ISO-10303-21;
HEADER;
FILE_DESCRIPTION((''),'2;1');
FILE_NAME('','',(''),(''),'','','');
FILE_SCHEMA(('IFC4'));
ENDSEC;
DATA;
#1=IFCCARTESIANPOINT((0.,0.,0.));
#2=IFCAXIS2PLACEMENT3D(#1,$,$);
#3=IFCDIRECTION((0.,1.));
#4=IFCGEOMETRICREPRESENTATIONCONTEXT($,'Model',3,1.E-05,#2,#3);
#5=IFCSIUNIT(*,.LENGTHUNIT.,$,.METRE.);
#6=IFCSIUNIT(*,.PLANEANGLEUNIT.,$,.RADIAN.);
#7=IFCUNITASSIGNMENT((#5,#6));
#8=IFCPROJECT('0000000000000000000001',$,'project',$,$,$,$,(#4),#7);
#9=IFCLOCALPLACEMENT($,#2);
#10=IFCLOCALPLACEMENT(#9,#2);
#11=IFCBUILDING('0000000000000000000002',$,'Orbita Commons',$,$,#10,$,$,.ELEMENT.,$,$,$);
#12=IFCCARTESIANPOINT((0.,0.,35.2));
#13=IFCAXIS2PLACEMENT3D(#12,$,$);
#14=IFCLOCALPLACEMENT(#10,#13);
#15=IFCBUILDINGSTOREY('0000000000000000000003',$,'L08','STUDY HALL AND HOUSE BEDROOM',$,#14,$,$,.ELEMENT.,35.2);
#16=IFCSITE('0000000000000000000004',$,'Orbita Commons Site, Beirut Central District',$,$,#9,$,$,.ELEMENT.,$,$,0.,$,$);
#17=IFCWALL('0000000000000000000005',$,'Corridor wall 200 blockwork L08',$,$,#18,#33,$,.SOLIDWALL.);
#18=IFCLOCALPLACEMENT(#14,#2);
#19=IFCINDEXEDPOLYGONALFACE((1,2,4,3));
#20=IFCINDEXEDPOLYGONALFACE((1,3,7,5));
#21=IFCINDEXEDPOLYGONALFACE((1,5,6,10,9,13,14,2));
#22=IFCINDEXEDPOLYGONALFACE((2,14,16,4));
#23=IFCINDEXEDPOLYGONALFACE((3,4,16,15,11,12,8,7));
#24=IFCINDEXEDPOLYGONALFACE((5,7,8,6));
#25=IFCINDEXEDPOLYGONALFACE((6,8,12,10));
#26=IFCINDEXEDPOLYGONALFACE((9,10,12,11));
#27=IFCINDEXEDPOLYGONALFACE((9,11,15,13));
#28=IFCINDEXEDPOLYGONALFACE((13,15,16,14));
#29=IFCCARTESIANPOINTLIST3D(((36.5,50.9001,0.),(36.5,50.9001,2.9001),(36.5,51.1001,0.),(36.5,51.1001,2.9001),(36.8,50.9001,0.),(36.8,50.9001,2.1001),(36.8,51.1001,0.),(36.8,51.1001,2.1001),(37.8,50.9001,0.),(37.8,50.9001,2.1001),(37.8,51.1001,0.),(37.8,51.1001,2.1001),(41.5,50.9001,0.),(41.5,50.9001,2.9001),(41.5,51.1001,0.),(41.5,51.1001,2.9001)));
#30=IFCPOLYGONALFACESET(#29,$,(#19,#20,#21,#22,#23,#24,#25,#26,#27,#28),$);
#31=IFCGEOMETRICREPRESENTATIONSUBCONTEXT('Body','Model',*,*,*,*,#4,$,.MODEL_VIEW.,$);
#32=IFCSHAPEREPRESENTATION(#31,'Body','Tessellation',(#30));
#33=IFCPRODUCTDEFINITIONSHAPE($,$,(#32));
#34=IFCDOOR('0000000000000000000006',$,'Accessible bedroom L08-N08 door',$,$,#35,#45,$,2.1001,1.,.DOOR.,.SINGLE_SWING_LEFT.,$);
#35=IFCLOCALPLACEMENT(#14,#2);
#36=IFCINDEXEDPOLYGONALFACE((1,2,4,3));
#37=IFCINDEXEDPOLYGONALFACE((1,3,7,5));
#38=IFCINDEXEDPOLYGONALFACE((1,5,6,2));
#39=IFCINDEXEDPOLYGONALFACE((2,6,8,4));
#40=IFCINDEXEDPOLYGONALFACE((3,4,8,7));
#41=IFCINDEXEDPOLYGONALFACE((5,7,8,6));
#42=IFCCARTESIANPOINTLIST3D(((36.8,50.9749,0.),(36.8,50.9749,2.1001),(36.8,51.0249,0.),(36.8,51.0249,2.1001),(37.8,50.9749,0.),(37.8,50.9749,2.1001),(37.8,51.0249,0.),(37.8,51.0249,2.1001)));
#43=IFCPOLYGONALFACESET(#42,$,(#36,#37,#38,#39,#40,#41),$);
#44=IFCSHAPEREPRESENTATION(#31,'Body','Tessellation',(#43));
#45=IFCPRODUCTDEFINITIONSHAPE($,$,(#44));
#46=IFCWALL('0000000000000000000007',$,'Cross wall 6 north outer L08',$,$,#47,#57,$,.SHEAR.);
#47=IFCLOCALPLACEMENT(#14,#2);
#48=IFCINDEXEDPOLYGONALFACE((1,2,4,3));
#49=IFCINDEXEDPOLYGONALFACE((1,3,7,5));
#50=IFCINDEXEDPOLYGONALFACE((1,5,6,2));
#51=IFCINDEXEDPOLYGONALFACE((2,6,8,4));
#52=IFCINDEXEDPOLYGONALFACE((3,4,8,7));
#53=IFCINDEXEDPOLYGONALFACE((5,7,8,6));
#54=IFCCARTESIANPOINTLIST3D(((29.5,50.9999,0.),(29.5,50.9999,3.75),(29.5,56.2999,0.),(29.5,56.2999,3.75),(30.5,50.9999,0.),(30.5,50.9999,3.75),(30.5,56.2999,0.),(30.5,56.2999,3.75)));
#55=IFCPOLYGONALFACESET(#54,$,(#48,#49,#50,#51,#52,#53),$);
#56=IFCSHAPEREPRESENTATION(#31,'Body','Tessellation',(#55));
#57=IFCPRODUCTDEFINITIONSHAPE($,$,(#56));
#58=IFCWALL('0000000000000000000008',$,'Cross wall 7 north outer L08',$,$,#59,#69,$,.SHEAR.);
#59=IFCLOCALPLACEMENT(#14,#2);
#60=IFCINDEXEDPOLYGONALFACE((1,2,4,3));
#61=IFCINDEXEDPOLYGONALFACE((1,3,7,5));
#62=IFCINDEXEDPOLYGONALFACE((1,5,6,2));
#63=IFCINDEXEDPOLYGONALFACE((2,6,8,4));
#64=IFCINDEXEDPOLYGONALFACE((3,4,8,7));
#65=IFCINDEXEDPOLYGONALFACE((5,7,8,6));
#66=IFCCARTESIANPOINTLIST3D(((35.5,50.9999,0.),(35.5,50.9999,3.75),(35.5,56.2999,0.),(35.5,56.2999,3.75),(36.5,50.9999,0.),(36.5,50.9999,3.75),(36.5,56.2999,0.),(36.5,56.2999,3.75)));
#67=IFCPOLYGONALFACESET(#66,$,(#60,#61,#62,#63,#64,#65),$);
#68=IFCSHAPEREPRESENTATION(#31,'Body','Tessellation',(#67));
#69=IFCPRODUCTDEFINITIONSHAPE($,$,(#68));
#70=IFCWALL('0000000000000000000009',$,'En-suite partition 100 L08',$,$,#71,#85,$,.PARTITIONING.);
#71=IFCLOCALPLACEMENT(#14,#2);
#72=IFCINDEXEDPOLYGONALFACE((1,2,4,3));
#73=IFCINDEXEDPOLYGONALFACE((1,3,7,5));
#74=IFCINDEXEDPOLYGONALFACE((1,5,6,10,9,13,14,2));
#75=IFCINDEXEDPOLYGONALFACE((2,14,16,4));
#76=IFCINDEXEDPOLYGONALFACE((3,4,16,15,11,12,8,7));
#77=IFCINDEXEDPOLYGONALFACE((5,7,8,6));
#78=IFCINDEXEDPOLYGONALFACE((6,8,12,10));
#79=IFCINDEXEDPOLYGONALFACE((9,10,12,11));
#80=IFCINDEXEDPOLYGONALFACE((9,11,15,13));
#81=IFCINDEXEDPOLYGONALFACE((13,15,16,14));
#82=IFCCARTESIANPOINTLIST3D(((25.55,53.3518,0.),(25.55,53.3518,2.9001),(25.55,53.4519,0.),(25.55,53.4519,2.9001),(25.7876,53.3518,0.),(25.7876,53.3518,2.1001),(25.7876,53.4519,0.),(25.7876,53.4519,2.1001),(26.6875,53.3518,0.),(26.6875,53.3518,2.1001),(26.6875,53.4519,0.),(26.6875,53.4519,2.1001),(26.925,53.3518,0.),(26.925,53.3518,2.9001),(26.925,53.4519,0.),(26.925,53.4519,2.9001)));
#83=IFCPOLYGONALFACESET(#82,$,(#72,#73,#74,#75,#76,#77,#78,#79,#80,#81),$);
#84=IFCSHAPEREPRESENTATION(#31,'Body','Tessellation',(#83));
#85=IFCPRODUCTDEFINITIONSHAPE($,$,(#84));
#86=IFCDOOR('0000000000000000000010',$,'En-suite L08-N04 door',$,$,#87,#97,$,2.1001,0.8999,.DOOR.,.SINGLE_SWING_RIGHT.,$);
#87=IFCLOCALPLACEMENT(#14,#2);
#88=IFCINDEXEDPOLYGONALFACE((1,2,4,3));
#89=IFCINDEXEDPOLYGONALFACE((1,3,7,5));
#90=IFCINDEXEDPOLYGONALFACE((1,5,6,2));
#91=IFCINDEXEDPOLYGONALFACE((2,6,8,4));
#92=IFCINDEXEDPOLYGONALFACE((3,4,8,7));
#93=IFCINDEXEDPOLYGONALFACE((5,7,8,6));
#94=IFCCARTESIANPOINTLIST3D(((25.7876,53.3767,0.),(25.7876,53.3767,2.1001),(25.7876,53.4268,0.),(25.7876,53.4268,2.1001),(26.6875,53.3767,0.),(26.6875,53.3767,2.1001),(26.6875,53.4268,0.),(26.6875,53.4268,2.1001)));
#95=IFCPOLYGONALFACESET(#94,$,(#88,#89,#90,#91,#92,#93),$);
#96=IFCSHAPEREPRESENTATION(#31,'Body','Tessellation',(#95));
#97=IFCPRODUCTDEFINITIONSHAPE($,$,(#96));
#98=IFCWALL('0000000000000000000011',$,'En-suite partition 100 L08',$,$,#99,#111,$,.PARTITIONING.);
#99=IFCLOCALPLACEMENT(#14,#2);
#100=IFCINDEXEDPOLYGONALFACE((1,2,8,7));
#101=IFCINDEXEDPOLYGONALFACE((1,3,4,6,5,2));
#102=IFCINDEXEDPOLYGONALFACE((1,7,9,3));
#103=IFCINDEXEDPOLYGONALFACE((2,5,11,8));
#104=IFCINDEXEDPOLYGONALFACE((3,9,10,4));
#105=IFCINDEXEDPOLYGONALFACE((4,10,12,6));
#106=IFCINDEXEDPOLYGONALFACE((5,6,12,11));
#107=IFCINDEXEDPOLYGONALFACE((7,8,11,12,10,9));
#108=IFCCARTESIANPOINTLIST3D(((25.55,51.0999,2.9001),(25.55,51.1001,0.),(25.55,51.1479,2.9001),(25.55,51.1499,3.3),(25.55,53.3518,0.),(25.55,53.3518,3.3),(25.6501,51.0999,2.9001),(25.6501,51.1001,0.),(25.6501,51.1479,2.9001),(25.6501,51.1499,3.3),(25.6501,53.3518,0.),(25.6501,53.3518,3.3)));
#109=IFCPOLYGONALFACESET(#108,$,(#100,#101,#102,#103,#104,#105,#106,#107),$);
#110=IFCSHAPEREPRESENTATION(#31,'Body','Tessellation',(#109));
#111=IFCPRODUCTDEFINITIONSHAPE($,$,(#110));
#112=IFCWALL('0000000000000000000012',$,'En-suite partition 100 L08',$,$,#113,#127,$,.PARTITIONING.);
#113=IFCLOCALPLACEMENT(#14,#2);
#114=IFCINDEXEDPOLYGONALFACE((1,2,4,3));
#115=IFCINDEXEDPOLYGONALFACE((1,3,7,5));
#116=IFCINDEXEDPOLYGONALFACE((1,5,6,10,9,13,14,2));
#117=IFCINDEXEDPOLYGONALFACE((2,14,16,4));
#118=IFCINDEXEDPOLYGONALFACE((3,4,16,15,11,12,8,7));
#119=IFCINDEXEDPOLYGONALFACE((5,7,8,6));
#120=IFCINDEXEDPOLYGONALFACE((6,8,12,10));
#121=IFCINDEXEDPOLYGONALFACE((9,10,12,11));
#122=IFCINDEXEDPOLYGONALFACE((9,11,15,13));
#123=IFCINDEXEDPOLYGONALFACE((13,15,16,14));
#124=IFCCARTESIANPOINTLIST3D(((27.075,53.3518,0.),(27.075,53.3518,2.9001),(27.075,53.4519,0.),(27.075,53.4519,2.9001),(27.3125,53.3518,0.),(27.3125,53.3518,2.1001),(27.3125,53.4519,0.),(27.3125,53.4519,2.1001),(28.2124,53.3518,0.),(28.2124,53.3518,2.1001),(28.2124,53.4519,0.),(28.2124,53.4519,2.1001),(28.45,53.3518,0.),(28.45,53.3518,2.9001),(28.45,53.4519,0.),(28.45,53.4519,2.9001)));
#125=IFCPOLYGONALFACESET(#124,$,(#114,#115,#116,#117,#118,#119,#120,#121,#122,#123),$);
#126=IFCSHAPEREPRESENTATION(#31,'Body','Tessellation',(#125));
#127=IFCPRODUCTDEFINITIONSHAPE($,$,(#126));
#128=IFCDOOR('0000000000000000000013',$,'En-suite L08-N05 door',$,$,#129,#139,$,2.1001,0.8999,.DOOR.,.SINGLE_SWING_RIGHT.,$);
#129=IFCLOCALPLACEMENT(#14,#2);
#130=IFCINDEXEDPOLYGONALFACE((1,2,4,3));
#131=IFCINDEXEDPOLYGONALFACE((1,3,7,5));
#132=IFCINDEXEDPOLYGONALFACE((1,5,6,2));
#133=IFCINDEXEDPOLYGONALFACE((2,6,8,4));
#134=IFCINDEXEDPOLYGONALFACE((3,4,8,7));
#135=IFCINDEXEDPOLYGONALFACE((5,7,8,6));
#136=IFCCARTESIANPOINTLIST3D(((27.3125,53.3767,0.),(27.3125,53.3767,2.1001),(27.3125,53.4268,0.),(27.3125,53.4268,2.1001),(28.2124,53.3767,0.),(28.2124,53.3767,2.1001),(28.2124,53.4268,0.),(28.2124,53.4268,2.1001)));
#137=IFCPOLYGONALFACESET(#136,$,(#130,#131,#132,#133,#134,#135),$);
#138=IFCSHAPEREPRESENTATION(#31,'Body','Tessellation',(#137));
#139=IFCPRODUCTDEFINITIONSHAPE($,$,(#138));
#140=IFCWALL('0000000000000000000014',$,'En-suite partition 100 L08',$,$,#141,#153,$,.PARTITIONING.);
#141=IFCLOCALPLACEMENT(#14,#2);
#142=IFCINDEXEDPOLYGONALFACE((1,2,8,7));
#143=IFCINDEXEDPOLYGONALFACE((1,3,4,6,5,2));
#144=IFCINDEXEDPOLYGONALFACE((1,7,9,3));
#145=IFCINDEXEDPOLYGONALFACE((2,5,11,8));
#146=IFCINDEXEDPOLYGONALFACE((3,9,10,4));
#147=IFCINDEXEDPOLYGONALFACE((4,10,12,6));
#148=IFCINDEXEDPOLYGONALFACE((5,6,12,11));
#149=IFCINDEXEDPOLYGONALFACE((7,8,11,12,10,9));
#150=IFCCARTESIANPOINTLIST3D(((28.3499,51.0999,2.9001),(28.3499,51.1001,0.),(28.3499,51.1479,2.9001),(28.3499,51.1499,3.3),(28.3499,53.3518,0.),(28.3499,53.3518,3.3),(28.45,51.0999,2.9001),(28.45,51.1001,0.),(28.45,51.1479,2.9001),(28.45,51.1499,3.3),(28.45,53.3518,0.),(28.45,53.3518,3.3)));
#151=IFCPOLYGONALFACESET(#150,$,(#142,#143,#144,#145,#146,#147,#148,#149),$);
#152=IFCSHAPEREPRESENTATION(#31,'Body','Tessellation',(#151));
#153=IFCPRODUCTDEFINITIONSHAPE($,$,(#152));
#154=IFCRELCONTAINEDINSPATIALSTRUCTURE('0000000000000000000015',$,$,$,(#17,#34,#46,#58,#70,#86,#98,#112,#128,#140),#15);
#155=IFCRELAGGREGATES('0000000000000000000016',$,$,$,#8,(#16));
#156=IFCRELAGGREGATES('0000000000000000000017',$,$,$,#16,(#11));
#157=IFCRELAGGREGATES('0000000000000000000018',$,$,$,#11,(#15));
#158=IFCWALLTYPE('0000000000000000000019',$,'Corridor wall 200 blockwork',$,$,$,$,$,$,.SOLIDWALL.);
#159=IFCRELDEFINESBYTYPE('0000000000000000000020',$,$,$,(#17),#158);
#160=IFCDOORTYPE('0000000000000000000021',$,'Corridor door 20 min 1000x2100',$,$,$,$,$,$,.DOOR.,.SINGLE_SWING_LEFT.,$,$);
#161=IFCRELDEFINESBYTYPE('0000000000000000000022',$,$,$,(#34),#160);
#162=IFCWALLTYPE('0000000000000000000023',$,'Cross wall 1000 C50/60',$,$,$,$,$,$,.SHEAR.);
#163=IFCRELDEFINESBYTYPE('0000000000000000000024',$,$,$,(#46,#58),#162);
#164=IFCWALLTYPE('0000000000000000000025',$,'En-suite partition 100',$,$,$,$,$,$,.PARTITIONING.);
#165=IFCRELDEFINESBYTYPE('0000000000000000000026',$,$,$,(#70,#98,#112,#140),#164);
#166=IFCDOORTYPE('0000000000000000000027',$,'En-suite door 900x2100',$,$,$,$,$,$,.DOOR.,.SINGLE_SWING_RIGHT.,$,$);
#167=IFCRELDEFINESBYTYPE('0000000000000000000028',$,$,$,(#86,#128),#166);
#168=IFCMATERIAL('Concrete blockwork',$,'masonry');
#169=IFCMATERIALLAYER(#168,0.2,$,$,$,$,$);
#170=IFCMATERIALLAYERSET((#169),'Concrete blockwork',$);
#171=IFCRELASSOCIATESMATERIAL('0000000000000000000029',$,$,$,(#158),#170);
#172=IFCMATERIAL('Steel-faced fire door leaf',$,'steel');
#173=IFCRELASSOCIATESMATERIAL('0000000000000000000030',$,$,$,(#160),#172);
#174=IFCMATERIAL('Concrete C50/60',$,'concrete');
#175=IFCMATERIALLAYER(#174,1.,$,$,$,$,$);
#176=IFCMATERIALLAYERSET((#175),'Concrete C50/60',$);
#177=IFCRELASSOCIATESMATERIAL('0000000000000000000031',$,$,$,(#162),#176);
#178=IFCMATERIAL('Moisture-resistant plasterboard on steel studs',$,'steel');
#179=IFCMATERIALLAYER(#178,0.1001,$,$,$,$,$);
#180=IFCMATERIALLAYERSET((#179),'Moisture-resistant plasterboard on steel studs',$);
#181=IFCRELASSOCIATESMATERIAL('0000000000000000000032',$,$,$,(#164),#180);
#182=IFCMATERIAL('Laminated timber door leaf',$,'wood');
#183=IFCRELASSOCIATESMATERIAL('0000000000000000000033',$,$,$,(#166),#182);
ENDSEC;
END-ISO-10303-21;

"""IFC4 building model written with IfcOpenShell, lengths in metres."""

from ifc_helpers import new_model, si_unit, direction, frame, frame_2d, origin, place, context, subcontext, project, spatial, polyline, rectangle, outline, extrude, material, layer, layer_set, type_object, element, fill, save


model = new_model("IFC4")

# Units and contexts
model_context = context("Model", 3, precision=1e-05, world=origin(), true_north=direction((0.0, 1.0)))
body_context = subcontext(model_context, "Body", "Model", "MODEL_VIEW")
ifc_project = project(units=[si_unit("LENGTHUNIT", "METRE"), si_unit("PLANEANGLEUNIT", "RADIAN")], contexts=[model_context])

# Site, building, storey
site_placement = place(None, origin())
site = spatial("IfcSite", under=ifc_project, at=site_placement, Name="Orbita Commons Site, Beirut Central District", CompositionType="ELEMENT", RefElevation=0.0)
building_placement = place(site_placement, origin())
building = spatial("IfcBuilding", under=site, at=building_placement, Name="Orbita Commons", CompositionType="ELEMENT")
storey_placement = place(building_placement, frame((0.0, 0.0, 35.2)))
storey = spatial("IfcBuildingStorey", under=building, at=storey_placement, Name="L08", Description="STUDY HALL AND HOUSE BEDROOM", CompositionType="ELEMENT", Elevation=35.2)

# Shared definitions
ifc_material_1 = material(Name="Concrete blockwork", Category="masonry")
ifc_layer_1 = layer(ifc_material_1, 0.2)
ifc_layer_set_1 = layer_set([ifc_layer_1], Name="Concrete blockwork")
wall_type_1 = type_object("IfcWallType", Name="Corridor wall 200 blockwork", PredefinedType="SOLIDWALL", material=ifc_layer_set_1)

# Wall, opening, door
wall_1_placement = place(storey_placement, frame((36.5, 51.0, 0.0), z_axis=(0.0, 0.0, 1.0), x_axis=(1.0, 0.0, 0.0)))
wall_1 = element("IfcWall", 1, at=wall_1_placement, inside=storey, type_object=wall_type_1, Name="Corridor wall 200 blockwork L08", PredefinedType="SOLIDWALL", context=body_context, shape_type="SweptSolid", body=[
    extrude(outline(polyline([(0.0, 0.0), (5.0, 0.0), (5.0, 2.9001), (0.0, 2.9001), (0.0, 0.0)])), frame((0.0, 0.1001, 0.0), z_axis=(0.0, -1.0, 0.0), x_axis=(1.0, 0.0, 0.0)), (0.0, 0.0, 1.0), 0.2),
])
opening_1_placement = place(wall_1_placement, frame((0.3, 0.0, 0.0)))
opening_1 = element("IfcOpeningElement", 2, at=opening_1_placement, cuts=wall_1, PredefinedType="OPENING", context=body_context, shape_type="SweptSolid", body=[
    extrude(rectangle(XDim=1.0, YDim=2.1001, at=frame_2d((0.5, 1.05))), frame((0.0, 0.1099, 0.0), z_axis=(0.0, -1.0, 0.0), x_axis=(1.0, 0.0, 0.0)), (0.0, 0.0, 1.0), 0.22),
])
ifc_material_2 = material(Name="Steel-faced fire door leaf", Category="steel")
door_type_1 = type_object("IfcDoorType", Name="Corridor door 20 min 1000x2100", OperationType="SINGLE_SWING_LEFT", PredefinedType="DOOR", material=ifc_material_2)
door_1_placement = place(opening_1_placement, origin())
door_1 = element("IfcDoor", 3, at=door_1_placement, inside=storey, type_object=door_type_1, Name="Accessible bedroom L08-N08 door", OperationType="SINGLE_SWING_LEFT", OverallHeight=2.1001, OverallWidth=1.0, PredefinedType="DOOR", context=body_context, shape_type="SweptSolid", body=[
    extrude(rectangle(XDim=1.0, YDim=2.1001, at=frame_2d((0.5, 1.05))), frame((0.0, 0.0249, 0.0), z_axis=(0.0, -1.0, 0.0), x_axis=(1.0, 0.0, 0.0)), (0.0, 0.0, 1.0), 0.05),
])
fill(opening_1, door_1)

# Walls
ifc_material_3 = material(Name="Concrete C50/60", Category="concrete")
ifc_layer_2 = layer(ifc_material_3, 1.0)
ifc_layer_set_2 = layer_set([ifc_layer_2], Name="Concrete C50/60")
wall_type_2 = type_object("IfcWallType", Name="Cross wall 1000 C50/60", PredefinedType="SHEAR", material=ifc_layer_set_2)
for number, where, z_axis, x_axis, name in (
    (4, (30.0, 51.0, 0.0), (0.0, 0.0, 1.0), (0.0, 1.0, 0.0), "Cross wall 6 north outer L08"),
    (5, (36.0, 51.0, 0.0), (0.0, 0.0, 1.0), (0.0, 1.0, 0.0), "Cross wall 7 north outer L08"),
):
    element("IfcWall", number, at=place(storey_placement, frame(where, z_axis=z_axis, x_axis=x_axis)), inside=storey, type_object=wall_type_2, Name=name, PredefinedType="SHEAR", context=body_context, shape_type="SweptSolid", body=[
        extrude(rectangle(XDim=5.3, YDim=1.0, at=frame_2d((2.6499, 0.0))), origin(), (0.0, 0.0, 1.0), 3.75),
    ])

# Wall, opening, door
ifc_material_4 = material(Name="Moisture-resistant plasterboard on steel studs", Category="steel")
ifc_layer_3 = layer(ifc_material_4, 0.1001)
ifc_layer_set_3 = layer_set([ifc_layer_3], Name="Moisture-resistant plasterboard on steel studs")
wall_type_3 = type_object("IfcWallType", Name="En-suite partition 100", PredefinedType="PARTITIONING", material=ifc_layer_set_3)
wall_2_placement = place(storey_placement, frame((25.55, 53.4019, 0.0), z_axis=(0.0, 0.0, 1.0), x_axis=(1.0, 0.0, 0.0)))
wall_2 = element("IfcWall", 6, at=wall_2_placement, inside=storey, type_object=wall_type_3, Name="En-suite partition 100 L08", PredefinedType="PARTITIONING", context=body_context, shape_type="SweptSolid", body=[
    extrude(outline(polyline([(0.0, 0.0), (1.375, 0.0), (1.375, 2.9001), (0.0, 2.9001), (0.0, 0.0)])), frame((0.0, 0.05, 0.0), z_axis=(0.0, -1.0, 0.0), x_axis=(1.0, 0.0, 0.0)), (0.0, 0.0, 1.0), 0.1001),
])
opening_2_placement = place(wall_2_placement, frame((0.2375, 0.0, 0.0)))
opening_2 = element("IfcOpeningElement", 7, at=opening_2_placement, cuts=wall_2, PredefinedType="OPENING", context=body_context, shape_type="SweptSolid", body=[
    extrude(rectangle(XDim=0.8999, YDim=2.1001, at=frame_2d((0.45, 1.05))), frame((0.0, 0.0601, 0.0), z_axis=(0.0, -1.0, 0.0), x_axis=(1.0, 0.0, 0.0)), (0.0, 0.0, 1.0), 0.1201),
])
ifc_material_5 = material(Name="Laminated timber door leaf", Category="wood")
door_type_2 = type_object("IfcDoorType", Name="En-suite door 900x2100", OperationType="SINGLE_SWING_RIGHT", PredefinedType="DOOR", material=ifc_material_5)
door_2_placement = place(opening_2_placement, origin())
door_2 = element("IfcDoor", 8, at=door_2_placement, inside=storey, type_object=door_type_2, Name="En-suite L08-N04 door", OperationType="SINGLE_SWING_RIGHT", OverallHeight=2.1001, OverallWidth=0.8999, PredefinedType="DOOR", context=body_context, shape_type="SweptSolid", body=[
    extrude(rectangle(XDim=0.8999, YDim=2.1001, at=frame_2d((0.45, 1.05))), frame((0.0, 0.0249, 0.0), z_axis=(0.0, -1.0, 0.0), x_axis=(1.0, 0.0, 0.0)), (0.0, 0.0, 1.0), 0.05),
])
fill(opening_2, door_2)

# Wall
wall_3_placement = place(storey_placement, frame((25.6001, 53.3518, 0.0), z_axis=(0.0, 0.0, 1.0), x_axis=(0.0, -1.0, 0.0)))
element("IfcWall", 9, at=wall_3_placement, inside=storey, type_object=wall_type_3, Name="En-suite partition 100 L08", PredefinedType="PARTITIONING", context=body_context, shape_type="SweptSolid", body=[
    extrude(outline(polyline([(0.0, 0.0), (2.2517, 0.0), (2.252, 2.9001), (2.2039, 2.9001), (2.2019, 3.3), (0.0, 3.3), (0.0, 0.0)])), frame((0.0, 0.05, 0.0), z_axis=(0.0, -1.0, 0.0), x_axis=(1.0, 0.0, 0.0)), (0.0, 0.0, 1.0), 0.1001),
])

# Wall, opening, door
wall_4_placement = place(storey_placement, frame((27.075, 53.4019, 0.0), z_axis=(0.0, 0.0, 1.0), x_axis=(1.0, 0.0, 0.0)))
wall_4 = element("IfcWall", 10, at=wall_4_placement, inside=storey, type_object=wall_type_3, Name="En-suite partition 100 L08", PredefinedType="PARTITIONING", context=body_context, shape_type="SweptSolid", body=[
    extrude(outline(polyline([(0.0, 0.0), (1.375, 0.0), (1.375, 2.9001), (0.0, 2.9001), (0.0, 0.0)])), frame((0.0, 0.05, 0.0), z_axis=(0.0, -1.0, 0.0), x_axis=(1.0, 0.0, 0.0)), (0.0, 0.0, 1.0), 0.1001),
])
opening_3_placement = place(wall_4_placement, frame((0.2375, 0.0, 0.0)))
opening_3 = element("IfcOpeningElement", 11, at=opening_3_placement, cuts=wall_4, PredefinedType="OPENING", context=body_context, shape_type="SweptSolid", body=[
    extrude(rectangle(XDim=0.8999, YDim=2.1001, at=frame_2d((0.45, 1.05))), frame((0.0, 0.0601, 0.0), z_axis=(0.0, -1.0, 0.0), x_axis=(1.0, 0.0, 0.0)), (0.0, 0.0, 1.0), 0.1201),
])
door_3_placement = place(opening_3_placement, origin())
door_3 = element("IfcDoor", 12, at=door_3_placement, inside=storey, type_object=door_type_2, Name="En-suite L08-N05 door", OperationType="SINGLE_SWING_RIGHT", OverallHeight=2.1001, OverallWidth=0.8999, PredefinedType="DOOR", context=body_context, shape_type="SweptSolid", body=[
    extrude(rectangle(XDim=0.8999, YDim=2.1001, at=frame_2d((0.45, 1.05))), frame((0.0, 0.0249, 0.0), z_axis=(0.0, -1.0, 0.0), x_axis=(1.0, 0.0, 0.0)), (0.0, 0.0, 1.0), 0.05),
])
fill(opening_3, door_3)

# Wall
wall_5_placement = place(storey_placement, frame((28.3999, 53.3518, 0.0), z_axis=(0.0, 0.0, 1.0), x_axis=(0.0, -1.0, 0.0)))
element("IfcWall", 13, at=wall_5_placement, inside=storey, type_object=wall_type_3, Name="En-suite partition 100 L08", PredefinedType="PARTITIONING", context=body_context, shape_type="SweptSolid", body=[
    extrude(outline(polyline([(0.0, 0.0), (2.2517, 0.0), (2.252, 2.9001), (2.2039, 2.9001), (2.2019, 3.3), (0.0, 3.3), (0.0, 0.0)])), frame((0.0, 0.05, 0.0), z_axis=(0.0, -1.0, 0.0), x_axis=(1.0, 0.0, 0.0)), (0.0, 0.0, 1.0), 0.1001),
])

save(model, "model.ifc")
